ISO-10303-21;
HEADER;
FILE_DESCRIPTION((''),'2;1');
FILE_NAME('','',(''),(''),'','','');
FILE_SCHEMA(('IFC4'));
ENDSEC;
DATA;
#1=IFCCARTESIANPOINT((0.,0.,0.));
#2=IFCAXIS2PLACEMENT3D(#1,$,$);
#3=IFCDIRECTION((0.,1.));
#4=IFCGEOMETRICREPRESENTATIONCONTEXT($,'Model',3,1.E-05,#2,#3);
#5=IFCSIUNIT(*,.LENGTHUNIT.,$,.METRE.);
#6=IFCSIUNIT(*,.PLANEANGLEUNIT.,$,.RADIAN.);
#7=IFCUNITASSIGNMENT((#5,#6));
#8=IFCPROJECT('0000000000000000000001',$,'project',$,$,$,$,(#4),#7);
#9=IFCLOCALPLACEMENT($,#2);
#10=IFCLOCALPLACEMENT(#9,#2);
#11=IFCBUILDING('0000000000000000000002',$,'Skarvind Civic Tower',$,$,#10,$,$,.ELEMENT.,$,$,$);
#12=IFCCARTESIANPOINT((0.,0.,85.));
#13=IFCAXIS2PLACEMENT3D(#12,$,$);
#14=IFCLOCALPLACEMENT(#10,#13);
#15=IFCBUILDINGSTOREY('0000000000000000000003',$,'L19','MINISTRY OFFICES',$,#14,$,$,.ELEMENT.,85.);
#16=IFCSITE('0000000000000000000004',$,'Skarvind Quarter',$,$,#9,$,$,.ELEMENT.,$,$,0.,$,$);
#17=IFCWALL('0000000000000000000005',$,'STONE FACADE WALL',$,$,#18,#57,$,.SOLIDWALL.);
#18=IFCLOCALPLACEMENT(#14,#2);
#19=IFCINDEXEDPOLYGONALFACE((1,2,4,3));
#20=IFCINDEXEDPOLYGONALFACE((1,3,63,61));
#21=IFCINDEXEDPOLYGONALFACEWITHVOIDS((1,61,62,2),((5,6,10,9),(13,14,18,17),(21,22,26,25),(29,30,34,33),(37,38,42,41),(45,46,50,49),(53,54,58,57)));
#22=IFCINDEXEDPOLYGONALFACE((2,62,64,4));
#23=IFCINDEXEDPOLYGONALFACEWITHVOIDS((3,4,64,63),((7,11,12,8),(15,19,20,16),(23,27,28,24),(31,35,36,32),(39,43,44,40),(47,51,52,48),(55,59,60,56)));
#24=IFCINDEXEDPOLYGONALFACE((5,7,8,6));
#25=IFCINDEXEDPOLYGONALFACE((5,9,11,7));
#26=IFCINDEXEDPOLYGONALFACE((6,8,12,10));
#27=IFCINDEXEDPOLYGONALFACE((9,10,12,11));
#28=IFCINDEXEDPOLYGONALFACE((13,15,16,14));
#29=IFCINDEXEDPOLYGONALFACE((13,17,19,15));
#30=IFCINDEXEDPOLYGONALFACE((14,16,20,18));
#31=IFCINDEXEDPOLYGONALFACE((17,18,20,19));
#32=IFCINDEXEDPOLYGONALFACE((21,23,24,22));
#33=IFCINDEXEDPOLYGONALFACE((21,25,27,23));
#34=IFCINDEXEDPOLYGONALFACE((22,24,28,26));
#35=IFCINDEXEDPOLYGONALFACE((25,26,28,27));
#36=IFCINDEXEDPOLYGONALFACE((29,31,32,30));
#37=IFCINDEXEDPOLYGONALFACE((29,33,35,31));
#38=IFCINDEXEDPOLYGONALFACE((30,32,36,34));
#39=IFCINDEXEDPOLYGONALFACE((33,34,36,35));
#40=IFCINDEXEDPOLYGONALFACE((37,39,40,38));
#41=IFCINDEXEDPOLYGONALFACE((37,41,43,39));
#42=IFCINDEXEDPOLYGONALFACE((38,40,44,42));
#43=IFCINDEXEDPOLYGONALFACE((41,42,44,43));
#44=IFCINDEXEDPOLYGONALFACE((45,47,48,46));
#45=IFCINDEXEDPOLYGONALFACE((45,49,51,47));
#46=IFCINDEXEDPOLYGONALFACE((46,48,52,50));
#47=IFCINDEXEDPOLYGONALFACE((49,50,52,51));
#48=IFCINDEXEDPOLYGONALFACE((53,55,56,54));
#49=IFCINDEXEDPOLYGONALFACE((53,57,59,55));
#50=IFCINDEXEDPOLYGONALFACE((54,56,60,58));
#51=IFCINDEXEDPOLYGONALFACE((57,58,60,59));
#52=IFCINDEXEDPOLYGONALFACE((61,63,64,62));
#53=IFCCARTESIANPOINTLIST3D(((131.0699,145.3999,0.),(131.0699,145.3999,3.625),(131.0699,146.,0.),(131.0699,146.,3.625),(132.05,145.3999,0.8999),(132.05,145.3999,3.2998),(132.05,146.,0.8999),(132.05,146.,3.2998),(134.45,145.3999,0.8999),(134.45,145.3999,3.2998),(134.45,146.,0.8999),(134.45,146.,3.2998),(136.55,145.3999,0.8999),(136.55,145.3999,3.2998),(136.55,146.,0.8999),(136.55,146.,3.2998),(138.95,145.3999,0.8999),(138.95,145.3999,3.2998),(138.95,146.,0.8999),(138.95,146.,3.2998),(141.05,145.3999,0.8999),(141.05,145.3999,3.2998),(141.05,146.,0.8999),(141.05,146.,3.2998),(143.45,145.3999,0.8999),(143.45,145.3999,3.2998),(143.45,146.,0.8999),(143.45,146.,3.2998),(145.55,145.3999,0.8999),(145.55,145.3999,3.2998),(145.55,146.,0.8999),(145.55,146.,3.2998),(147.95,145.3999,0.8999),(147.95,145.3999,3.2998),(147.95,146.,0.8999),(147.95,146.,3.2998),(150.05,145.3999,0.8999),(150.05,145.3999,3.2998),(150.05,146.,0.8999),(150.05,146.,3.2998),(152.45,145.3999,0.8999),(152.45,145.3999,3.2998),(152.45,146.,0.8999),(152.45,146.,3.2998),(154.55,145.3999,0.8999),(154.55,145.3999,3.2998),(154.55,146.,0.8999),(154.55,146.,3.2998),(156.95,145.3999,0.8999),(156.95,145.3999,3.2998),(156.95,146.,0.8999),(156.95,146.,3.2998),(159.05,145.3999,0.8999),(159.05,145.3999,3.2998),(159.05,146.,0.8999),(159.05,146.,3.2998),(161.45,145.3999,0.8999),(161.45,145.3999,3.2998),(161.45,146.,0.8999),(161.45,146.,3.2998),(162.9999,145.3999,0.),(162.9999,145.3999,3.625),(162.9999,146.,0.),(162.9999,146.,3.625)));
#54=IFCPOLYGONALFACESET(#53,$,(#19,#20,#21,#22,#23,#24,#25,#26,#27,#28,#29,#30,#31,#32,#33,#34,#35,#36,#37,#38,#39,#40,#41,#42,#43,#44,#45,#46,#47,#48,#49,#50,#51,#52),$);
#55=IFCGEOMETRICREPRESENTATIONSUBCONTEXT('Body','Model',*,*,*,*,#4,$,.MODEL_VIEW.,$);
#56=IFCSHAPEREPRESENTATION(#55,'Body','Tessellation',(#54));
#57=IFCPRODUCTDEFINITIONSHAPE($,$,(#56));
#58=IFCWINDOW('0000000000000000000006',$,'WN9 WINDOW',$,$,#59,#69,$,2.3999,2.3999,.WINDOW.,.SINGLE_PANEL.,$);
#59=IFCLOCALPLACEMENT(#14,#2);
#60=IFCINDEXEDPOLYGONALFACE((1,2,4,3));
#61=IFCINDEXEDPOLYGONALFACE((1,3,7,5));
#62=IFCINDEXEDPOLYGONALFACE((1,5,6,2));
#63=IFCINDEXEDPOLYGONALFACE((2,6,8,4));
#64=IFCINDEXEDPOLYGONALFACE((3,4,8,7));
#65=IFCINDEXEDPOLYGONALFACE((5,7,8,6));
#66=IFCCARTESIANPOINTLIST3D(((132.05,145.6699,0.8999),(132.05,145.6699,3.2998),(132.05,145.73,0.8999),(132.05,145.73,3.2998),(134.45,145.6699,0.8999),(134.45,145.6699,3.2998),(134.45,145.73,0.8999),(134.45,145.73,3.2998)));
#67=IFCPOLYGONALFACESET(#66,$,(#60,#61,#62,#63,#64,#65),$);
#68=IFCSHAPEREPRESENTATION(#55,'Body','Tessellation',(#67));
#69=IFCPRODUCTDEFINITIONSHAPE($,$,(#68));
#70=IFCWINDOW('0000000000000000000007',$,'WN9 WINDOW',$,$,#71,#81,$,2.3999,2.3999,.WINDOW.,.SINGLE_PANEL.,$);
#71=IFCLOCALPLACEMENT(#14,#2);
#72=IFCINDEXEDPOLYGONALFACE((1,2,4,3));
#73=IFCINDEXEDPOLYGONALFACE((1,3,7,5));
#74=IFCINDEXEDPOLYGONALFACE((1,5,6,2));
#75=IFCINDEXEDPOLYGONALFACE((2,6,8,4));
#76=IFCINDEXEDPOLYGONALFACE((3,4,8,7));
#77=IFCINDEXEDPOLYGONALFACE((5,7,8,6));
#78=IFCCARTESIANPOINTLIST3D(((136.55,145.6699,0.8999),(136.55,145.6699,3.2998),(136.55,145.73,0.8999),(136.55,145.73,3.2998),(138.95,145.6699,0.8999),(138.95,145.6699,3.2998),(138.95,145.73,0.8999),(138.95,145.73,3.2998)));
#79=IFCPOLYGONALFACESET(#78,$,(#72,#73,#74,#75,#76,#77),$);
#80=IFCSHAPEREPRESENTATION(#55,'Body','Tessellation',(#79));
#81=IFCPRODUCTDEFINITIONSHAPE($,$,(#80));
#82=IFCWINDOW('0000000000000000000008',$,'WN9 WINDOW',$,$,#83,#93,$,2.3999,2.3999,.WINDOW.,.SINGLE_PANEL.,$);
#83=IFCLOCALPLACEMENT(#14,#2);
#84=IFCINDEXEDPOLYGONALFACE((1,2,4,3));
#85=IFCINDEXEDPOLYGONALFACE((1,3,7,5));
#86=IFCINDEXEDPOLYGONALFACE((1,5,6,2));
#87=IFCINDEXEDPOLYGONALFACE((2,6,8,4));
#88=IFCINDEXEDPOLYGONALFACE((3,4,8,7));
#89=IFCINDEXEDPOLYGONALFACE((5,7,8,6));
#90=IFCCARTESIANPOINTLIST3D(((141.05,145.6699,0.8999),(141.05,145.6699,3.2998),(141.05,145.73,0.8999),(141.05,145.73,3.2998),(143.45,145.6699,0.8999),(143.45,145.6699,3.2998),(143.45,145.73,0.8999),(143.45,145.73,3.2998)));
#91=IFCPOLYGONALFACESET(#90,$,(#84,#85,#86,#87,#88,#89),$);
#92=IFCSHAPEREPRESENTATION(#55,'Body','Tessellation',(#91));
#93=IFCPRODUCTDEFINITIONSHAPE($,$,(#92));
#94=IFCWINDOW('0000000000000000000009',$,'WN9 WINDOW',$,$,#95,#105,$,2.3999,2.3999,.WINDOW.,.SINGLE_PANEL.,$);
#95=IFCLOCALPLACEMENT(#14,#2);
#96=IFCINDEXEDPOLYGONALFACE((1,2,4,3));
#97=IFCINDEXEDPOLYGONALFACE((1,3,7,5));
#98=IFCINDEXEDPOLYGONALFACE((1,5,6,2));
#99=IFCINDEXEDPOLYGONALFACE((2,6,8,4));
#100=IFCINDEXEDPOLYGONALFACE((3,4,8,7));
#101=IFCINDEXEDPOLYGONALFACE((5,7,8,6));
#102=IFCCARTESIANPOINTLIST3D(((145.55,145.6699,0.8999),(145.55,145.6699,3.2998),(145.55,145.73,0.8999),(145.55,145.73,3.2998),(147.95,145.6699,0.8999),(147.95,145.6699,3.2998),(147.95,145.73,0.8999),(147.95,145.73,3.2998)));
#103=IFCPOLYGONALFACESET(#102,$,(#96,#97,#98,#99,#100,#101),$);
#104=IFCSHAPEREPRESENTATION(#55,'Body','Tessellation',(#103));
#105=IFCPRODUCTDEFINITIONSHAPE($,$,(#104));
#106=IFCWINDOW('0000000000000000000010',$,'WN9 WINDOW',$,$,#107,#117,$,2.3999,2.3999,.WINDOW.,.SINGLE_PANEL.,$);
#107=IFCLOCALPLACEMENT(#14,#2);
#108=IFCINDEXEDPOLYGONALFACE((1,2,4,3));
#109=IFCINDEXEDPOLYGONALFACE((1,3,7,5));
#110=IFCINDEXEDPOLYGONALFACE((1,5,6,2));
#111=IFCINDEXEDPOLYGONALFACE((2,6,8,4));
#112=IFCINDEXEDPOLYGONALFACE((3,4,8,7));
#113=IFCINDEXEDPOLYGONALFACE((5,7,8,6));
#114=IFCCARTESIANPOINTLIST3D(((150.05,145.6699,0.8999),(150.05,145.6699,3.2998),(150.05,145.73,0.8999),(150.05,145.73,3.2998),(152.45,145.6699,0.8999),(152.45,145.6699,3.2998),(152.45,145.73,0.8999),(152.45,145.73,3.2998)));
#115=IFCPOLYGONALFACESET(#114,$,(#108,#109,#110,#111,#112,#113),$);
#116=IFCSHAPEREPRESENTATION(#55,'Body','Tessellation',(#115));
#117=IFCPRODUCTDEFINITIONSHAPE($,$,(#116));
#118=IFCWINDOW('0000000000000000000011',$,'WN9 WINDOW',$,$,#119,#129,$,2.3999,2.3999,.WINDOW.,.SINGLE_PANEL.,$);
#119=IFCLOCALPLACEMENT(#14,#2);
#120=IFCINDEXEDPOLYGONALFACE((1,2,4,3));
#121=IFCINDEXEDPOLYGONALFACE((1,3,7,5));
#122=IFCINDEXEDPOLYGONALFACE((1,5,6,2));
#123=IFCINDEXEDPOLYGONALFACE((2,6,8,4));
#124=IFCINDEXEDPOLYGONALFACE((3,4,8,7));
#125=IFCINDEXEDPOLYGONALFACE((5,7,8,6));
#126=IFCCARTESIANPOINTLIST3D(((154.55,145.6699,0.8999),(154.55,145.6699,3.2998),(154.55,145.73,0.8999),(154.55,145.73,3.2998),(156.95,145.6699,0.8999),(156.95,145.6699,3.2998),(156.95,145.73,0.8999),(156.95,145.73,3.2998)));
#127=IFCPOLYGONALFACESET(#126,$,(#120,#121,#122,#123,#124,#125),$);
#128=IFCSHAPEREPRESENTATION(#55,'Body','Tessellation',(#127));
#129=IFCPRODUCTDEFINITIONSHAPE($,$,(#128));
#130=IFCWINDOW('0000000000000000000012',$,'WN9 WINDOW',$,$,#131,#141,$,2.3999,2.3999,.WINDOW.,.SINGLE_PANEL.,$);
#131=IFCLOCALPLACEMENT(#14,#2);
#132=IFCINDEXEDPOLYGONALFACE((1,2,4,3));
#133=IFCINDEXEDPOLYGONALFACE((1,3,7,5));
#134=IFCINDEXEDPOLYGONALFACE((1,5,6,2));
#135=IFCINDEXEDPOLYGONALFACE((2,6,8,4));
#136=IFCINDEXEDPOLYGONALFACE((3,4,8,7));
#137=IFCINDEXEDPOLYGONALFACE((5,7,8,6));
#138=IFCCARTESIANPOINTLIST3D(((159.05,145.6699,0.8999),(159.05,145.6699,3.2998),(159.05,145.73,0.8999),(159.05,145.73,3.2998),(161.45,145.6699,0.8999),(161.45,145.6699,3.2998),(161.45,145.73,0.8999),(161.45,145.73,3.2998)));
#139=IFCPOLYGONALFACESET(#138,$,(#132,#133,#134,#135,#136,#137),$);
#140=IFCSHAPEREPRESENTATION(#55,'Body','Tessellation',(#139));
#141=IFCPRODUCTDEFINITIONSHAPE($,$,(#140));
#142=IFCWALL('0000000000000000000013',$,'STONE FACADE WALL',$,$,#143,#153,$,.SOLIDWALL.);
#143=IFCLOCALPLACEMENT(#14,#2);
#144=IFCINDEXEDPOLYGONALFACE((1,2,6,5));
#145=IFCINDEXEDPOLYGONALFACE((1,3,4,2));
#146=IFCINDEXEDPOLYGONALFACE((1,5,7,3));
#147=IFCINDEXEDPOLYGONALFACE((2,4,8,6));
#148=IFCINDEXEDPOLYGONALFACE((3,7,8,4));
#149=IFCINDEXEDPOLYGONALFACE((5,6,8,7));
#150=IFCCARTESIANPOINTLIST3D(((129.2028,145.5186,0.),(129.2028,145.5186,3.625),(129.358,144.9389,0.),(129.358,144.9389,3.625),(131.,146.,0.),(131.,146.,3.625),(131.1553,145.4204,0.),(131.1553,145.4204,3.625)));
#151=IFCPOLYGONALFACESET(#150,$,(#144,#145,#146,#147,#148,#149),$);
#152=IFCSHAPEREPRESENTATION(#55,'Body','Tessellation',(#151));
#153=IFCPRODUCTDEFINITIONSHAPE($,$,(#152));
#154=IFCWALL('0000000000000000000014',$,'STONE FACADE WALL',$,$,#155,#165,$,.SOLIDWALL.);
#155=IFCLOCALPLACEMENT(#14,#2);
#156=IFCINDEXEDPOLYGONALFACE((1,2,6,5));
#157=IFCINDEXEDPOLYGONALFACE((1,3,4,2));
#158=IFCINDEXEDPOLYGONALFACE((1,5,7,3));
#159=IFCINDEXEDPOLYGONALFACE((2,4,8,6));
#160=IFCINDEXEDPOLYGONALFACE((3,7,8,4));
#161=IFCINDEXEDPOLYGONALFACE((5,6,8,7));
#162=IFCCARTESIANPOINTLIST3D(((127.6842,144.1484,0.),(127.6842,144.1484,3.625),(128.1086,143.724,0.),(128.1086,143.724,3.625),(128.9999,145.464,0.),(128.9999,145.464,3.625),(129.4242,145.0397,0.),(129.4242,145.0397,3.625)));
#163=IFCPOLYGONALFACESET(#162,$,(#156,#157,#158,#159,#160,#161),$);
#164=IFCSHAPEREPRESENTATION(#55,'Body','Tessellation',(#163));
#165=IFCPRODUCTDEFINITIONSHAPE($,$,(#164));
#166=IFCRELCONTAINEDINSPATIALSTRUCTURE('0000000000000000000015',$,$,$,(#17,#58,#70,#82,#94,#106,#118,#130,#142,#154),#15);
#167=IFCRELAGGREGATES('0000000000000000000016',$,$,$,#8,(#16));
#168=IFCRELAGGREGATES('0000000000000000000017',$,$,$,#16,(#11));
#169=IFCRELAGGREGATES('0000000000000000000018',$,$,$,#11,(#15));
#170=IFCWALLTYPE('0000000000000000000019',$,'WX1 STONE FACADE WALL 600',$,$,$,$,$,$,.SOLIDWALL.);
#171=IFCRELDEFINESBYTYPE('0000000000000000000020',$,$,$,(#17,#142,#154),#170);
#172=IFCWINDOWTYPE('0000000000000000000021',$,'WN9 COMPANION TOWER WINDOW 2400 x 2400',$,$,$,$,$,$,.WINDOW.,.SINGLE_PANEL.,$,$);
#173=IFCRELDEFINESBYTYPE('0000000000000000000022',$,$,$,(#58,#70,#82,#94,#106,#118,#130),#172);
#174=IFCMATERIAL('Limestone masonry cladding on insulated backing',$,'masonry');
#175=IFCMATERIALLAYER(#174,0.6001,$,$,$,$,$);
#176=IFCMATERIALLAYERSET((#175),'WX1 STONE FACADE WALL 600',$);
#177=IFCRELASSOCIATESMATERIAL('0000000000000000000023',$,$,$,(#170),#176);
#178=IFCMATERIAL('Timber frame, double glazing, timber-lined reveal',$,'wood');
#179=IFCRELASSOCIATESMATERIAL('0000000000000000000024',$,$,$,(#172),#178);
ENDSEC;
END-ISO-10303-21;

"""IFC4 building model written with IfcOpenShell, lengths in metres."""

from ifc_helpers import new_model, si_unit, direction, frame, frame_2d, origin, place, context, subcontext, project, spatial, rectangle, extrude, material, layer, layer_set, type_object, element, fill, save


model = new_model("IFC4")

# Units and contexts
model_context = context("Model", 3, precision=1e-05, world=origin(), true_north=direction((0.0, 1.0)))
body_context = subcontext(model_context, "Body", "Model", "MODEL_VIEW")
ifc_project = project(units=[si_unit("LENGTHUNIT", "METRE"), si_unit("PLANEANGLEUNIT", "RADIAN")], contexts=[model_context])

# Site, building, storey
site_placement = place(None, origin())
site = spatial("IfcSite", under=ifc_project, at=site_placement, Name="Skarvind Quarter", CompositionType="ELEMENT", RefElevation=0.0)
building_placement = place(site_placement, origin())
building = spatial("IfcBuilding", under=site, at=building_placement, Name="Skarvind Civic Tower", CompositionType="ELEMENT")
storey_placement = place(building_placement, frame((0.0, 0.0, 85.0)))
storey = spatial("IfcBuildingStorey", under=building, at=storey_placement, Name="L19", Description="MINISTRY OFFICES", CompositionType="ELEMENT", Elevation=85.0)

# Wall, openings, windows
ifc_material_1 = material(Name="Limestone masonry cladding on insulated backing", Category="masonry")
ifc_layer_1 = layer(ifc_material_1, 0.6001)
ifc_layer_set_1 = layer_set([ifc_layer_1], Name="WX1 STONE FACADE WALL 600")
wall_type_1 = type_object("IfcWallType", Name="WX1 STONE FACADE WALL 600", PredefinedType="SOLIDWALL", material=ifc_layer_set_1)
wall_1_placement = place(storey_placement, frame((131.0701, 145.7, 0.0), z_axis=(0.0, 0.0, 1.0), x_axis=(1.0, 0.0, 0.0)))
wall_1 = element("IfcWall", 1, at=wall_1_placement, inside=storey, type_object=wall_type_1, Name="STONE FACADE WALL", PredefinedType="SOLIDWALL", context=body_context, shape_type="SweptSolid", body=[
    extrude(rectangle(XDim=31.9299, YDim=0.6001, at=frame_2d((15.9648, 0.0))), origin(), (0.0, 0.0, 1.0), 3.625),
])
opening_1_placement = place(wall_1_placement, frame((0.98, 0.0, 0.8999)))
opening_1 = element("IfcOpeningElement", 2, at=opening_1_placement, cuts=wall_1, PredefinedType="OPENING", context=body_context, shape_type="SweptSolid", body=[
    extrude(rectangle(XDim=2.3999, YDim=2.3999, at=frame_2d((1.2, 1.2))), frame((0.0, 0.3101, 0.0), z_axis=(0.0, -1.0, 0.0), x_axis=(1.0, 0.0, 0.0)), (0.0, 0.0, 1.0), 0.6201),
])
opening_2_placement = place(wall_1_placement, frame((5.48, 0.0, 0.8999)))
opening_2 = element("IfcOpeningElement", 3, at=opening_2_placement, cuts=wall_1, PredefinedType="OPENING", context=body_context, shape_type="SweptSolid", body=[
    extrude(rectangle(XDim=2.3999, YDim=2.3999, at=frame_2d((1.2, 1.2))), frame((0.0, 0.3101, 0.0), z_axis=(0.0, -1.0, 0.0), x_axis=(1.0, 0.0, 0.0)), (0.0, 0.0, 1.0), 0.6201),
])
opening_3_placement = place(wall_1_placement, frame((9.98, 0.0, 0.8999)))
opening_3 = element("IfcOpeningElement", 4, at=opening_3_placement, cuts=wall_1, PredefinedType="OPENING", context=body_context, shape_type="SweptSolid", body=[
    extrude(rectangle(XDim=2.3999, YDim=2.3999, at=frame_2d((1.2, 1.2))), frame((0.0, 0.3101, 0.0), z_axis=(0.0, -1.0, 0.0), x_axis=(1.0, 0.0, 0.0)), (0.0, 0.0, 1.0), 0.6201),
])
opening_4_placement = place(wall_1_placement, frame((14.48, 0.0, 0.8999)))
opening_4 = element("IfcOpeningElement", 5, at=opening_4_placement, cuts=wall_1, PredefinedType="OPENING", context=body_context, shape_type="SweptSolid", body=[
    extrude(rectangle(XDim=2.3999, YDim=2.3999, at=frame_2d((1.2, 1.2))), frame((0.0, 0.3101, 0.0), z_axis=(0.0, -1.0, 0.0), x_axis=(1.0, 0.0, 0.0)), (0.0, 0.0, 1.0), 0.6201),
])
opening_5_placement = place(wall_1_placement, frame((18.98, 0.0, 0.8999)))
opening_5 = element("IfcOpeningElement", 6, at=opening_5_placement, cuts=wall_1, PredefinedType="OPENING", context=body_context, shape_type="SweptSolid", body=[
    extrude(rectangle(XDim=2.3999, YDim=2.3999, at=frame_2d((1.2, 1.2))), frame((0.0, 0.3101, 0.0), z_axis=(0.0, -1.0, 0.0), x_axis=(1.0, 0.0, 0.0)), (0.0, 0.0, 1.0), 0.6201),
])
opening_6_placement = place(wall_1_placement, frame((23.48, 0.0, 0.8999)))
opening_6 = element("IfcOpeningElement", 7, at=opening_6_placement, cuts=wall_1, PredefinedType="OPENING", context=body_context, shape_type="SweptSolid", body=[
    extrude(rectangle(XDim=2.3999, YDim=2.3999, at=frame_2d((1.2, 1.2))), frame((0.0, 0.3101, 0.0), z_axis=(0.0, -1.0, 0.0), x_axis=(1.0, 0.0, 0.0)), (0.0, 0.0, 1.0), 0.6201),
])
opening_7_placement = place(wall_1_placement, frame((27.98, 0.0, 0.8999)))
opening_7 = element("IfcOpeningElement", 8, at=opening_7_placement, cuts=wall_1, PredefinedType="OPENING", context=body_context, shape_type="SweptSolid", body=[
    extrude(rectangle(XDim=2.3999, YDim=2.3999, at=frame_2d((1.2, 1.2))), frame((0.0, 0.3101, 0.0), z_axis=(0.0, -1.0, 0.0), x_axis=(1.0, 0.0, 0.0)), (0.0, 0.0, 1.0), 0.6201),
])
ifc_material_2 = material(Name="Timber frame, double glazing, timber-lined reveal", Category="wood")
window_type = type_object("IfcWindowType", Name="WN9 COMPANION TOWER WINDOW 2400 x 2400", PartitioningType="SINGLE_PANEL", PredefinedType="WINDOW", material=ifc_material_2)
window_1_placement = place(opening_1_placement, origin())
window_1 = element("IfcWindow", 9, at=window_1_placement, inside=storey, type_object=window_type, Name="WN9 WINDOW", OverallHeight=2.3999, OverallWidth=2.3999, PartitioningType="SINGLE_PANEL", PredefinedType="WINDOW", context=body_context, shape_type="SweptSolid", body=[
    extrude(rectangle(XDim=2.3999, YDim=2.3999, at=frame_2d((1.2, 1.2))), frame((0.0, 0.03, 0.0), z_axis=(0.0, -1.0, 0.0), x_axis=(1.0, 0.0, 0.0)), (0.0, 0.0, 1.0), 0.0601),
])
fill(opening_1, window_1)
window_2_placement = place(opening_2_placement, origin())
window_2 = element("IfcWindow", 10, at=window_2_placement, inside=storey, type_object=window_type, Name="WN9 WINDOW", OverallHeight=2.3999, OverallWidth=2.3999, PartitioningType="SINGLE_PANEL", PredefinedType="WINDOW", context=body_context, shape_type="SweptSolid", body=[
    extrude(rectangle(XDim=2.3999, YDim=2.3999, at=frame_2d((1.2, 1.2))), frame((0.0, 0.03, 0.0), z_axis=(0.0, -1.0, 0.0), x_axis=(1.0, 0.0, 0.0)), (0.0, 0.0, 1.0), 0.0601),
])
fill(opening_2, window_2)
window_3_placement = place(opening_3_placement, origin())
window_3 = element("IfcWindow", 11, at=window_3_placement, inside=storey, type_object=window_type, Name="WN9 WINDOW", OverallHeight=2.3999, OverallWidth=2.3999, PartitioningType="SINGLE_PANEL", PredefinedType="WINDOW", context=body_context, shape_type="SweptSolid", body=[
    extrude(rectangle(XDim=2.3999, YDim=2.3999, at=frame_2d((1.2, 1.2))), frame((0.0, 0.03, 0.0), z_axis=(0.0, -1.0, 0.0), x_axis=(1.0, 0.0, 0.0)), (0.0, 0.0, 1.0), 0.0601),
])
fill(opening_3, window_3)
window_4_placement = place(opening_4_placement, origin())
window_4 = element("IfcWindow", 12, at=window_4_placement, inside=storey, type_object=window_type, Name="WN9 WINDOW", OverallHeight=2.3999, OverallWidth=2.3999, PartitioningType="SINGLE_PANEL", PredefinedType="WINDOW", context=body_context, shape_type="SweptSolid", body=[
    extrude(rectangle(XDim=2.3999, YDim=2.3999, at=frame_2d((1.2, 1.2))), frame((0.0, 0.03, 0.0), z_axis=(0.0, -1.0, 0.0), x_axis=(1.0, 0.0, 0.0)), (0.0, 0.0, 1.0), 0.0601),
])
fill(opening_4, window_4)
window_5_placement = place(opening_5_placement, origin())
window_5 = element("IfcWindow", 13, at=window_5_placement, inside=storey, type_object=window_type, Name="WN9 WINDOW", OverallHeight=2.3999, OverallWidth=2.3999, PartitioningType="SINGLE_PANEL", PredefinedType="WINDOW", context=body_context, shape_type="SweptSolid", body=[
    extrude(rectangle(XDim=2.3999, YDim=2.3999, at=frame_2d((1.2, 1.2))), frame((0.0, 0.03, 0.0), z_axis=(0.0, -1.0, 0.0), x_axis=(1.0, 0.0, 0.0)), (0.0, 0.0, 1.0), 0.0601),
])
fill(opening_5, window_5)
window_6_placement = place(opening_6_placement, origin())
window_6 = element("IfcWindow", 14, at=window_6_placement, inside=storey, type_object=window_type, Name="WN9 WINDOW", OverallHeight=2.3999, OverallWidth=2.3999, PartitioningType="SINGLE_PANEL", PredefinedType="WINDOW", context=body_context, shape_type="SweptSolid", body=[
    extrude(rectangle(XDim=2.3999, YDim=2.3999, at=frame_2d((1.2, 1.2))), frame((0.0, 0.03, 0.0), z_axis=(0.0, -1.0, 0.0), x_axis=(1.0, 0.0, 0.0)), (0.0, 0.0, 1.0), 0.0601),
])
fill(opening_6, window_6)
window_7_placement = place(opening_7_placement, origin())
window_7 = element("IfcWindow", 15, at=window_7_placement, inside=storey, type_object=window_type, Name="WN9 WINDOW", OverallHeight=2.3999, OverallWidth=2.3999, PartitioningType="SINGLE_PANEL", PredefinedType="WINDOW", context=body_context, shape_type="SweptSolid", body=[
    extrude(rectangle(XDim=2.3999, YDim=2.3999, at=frame_2d((1.2, 1.2))), frame((0.0, 0.03, 0.0), z_axis=(0.0, -1.0, 0.0), x_axis=(1.0, 0.0, 0.0)), (0.0, 0.0, 1.0), 0.0601),
])
fill(opening_7, window_7)

# Walls
for number, where, z_axis, x_axis, name in (
    (16, (129.2805, 145.2288, 0.0), (0.0, 0.0, 1.0), (0.965938, 0.258773, 0.0), "STONE FACADE WALL"),
    (17, (127.8965, 143.9363, 0.0), (0.0, 0.0, 1.0), (0.707107, 0.707107, 0.0), "STONE FACADE WALL"),
):
    element("IfcWall", number, at=place(storey_placement, frame(where, z_axis=z_axis, x_axis=x_axis)), inside=storey, type_object=wall_type_1, Name=name, PredefinedType="SOLIDWALL", context=body_context, shape_type="SweptSolid", body=[
        extrude(rectangle(XDim=1.8606, YDim=0.6001, at=frame_2d((0.9302, 0.0))), origin(), (0.0, 0.0, 1.0), 3.625),
    ])

save(model, "model.ifc")
